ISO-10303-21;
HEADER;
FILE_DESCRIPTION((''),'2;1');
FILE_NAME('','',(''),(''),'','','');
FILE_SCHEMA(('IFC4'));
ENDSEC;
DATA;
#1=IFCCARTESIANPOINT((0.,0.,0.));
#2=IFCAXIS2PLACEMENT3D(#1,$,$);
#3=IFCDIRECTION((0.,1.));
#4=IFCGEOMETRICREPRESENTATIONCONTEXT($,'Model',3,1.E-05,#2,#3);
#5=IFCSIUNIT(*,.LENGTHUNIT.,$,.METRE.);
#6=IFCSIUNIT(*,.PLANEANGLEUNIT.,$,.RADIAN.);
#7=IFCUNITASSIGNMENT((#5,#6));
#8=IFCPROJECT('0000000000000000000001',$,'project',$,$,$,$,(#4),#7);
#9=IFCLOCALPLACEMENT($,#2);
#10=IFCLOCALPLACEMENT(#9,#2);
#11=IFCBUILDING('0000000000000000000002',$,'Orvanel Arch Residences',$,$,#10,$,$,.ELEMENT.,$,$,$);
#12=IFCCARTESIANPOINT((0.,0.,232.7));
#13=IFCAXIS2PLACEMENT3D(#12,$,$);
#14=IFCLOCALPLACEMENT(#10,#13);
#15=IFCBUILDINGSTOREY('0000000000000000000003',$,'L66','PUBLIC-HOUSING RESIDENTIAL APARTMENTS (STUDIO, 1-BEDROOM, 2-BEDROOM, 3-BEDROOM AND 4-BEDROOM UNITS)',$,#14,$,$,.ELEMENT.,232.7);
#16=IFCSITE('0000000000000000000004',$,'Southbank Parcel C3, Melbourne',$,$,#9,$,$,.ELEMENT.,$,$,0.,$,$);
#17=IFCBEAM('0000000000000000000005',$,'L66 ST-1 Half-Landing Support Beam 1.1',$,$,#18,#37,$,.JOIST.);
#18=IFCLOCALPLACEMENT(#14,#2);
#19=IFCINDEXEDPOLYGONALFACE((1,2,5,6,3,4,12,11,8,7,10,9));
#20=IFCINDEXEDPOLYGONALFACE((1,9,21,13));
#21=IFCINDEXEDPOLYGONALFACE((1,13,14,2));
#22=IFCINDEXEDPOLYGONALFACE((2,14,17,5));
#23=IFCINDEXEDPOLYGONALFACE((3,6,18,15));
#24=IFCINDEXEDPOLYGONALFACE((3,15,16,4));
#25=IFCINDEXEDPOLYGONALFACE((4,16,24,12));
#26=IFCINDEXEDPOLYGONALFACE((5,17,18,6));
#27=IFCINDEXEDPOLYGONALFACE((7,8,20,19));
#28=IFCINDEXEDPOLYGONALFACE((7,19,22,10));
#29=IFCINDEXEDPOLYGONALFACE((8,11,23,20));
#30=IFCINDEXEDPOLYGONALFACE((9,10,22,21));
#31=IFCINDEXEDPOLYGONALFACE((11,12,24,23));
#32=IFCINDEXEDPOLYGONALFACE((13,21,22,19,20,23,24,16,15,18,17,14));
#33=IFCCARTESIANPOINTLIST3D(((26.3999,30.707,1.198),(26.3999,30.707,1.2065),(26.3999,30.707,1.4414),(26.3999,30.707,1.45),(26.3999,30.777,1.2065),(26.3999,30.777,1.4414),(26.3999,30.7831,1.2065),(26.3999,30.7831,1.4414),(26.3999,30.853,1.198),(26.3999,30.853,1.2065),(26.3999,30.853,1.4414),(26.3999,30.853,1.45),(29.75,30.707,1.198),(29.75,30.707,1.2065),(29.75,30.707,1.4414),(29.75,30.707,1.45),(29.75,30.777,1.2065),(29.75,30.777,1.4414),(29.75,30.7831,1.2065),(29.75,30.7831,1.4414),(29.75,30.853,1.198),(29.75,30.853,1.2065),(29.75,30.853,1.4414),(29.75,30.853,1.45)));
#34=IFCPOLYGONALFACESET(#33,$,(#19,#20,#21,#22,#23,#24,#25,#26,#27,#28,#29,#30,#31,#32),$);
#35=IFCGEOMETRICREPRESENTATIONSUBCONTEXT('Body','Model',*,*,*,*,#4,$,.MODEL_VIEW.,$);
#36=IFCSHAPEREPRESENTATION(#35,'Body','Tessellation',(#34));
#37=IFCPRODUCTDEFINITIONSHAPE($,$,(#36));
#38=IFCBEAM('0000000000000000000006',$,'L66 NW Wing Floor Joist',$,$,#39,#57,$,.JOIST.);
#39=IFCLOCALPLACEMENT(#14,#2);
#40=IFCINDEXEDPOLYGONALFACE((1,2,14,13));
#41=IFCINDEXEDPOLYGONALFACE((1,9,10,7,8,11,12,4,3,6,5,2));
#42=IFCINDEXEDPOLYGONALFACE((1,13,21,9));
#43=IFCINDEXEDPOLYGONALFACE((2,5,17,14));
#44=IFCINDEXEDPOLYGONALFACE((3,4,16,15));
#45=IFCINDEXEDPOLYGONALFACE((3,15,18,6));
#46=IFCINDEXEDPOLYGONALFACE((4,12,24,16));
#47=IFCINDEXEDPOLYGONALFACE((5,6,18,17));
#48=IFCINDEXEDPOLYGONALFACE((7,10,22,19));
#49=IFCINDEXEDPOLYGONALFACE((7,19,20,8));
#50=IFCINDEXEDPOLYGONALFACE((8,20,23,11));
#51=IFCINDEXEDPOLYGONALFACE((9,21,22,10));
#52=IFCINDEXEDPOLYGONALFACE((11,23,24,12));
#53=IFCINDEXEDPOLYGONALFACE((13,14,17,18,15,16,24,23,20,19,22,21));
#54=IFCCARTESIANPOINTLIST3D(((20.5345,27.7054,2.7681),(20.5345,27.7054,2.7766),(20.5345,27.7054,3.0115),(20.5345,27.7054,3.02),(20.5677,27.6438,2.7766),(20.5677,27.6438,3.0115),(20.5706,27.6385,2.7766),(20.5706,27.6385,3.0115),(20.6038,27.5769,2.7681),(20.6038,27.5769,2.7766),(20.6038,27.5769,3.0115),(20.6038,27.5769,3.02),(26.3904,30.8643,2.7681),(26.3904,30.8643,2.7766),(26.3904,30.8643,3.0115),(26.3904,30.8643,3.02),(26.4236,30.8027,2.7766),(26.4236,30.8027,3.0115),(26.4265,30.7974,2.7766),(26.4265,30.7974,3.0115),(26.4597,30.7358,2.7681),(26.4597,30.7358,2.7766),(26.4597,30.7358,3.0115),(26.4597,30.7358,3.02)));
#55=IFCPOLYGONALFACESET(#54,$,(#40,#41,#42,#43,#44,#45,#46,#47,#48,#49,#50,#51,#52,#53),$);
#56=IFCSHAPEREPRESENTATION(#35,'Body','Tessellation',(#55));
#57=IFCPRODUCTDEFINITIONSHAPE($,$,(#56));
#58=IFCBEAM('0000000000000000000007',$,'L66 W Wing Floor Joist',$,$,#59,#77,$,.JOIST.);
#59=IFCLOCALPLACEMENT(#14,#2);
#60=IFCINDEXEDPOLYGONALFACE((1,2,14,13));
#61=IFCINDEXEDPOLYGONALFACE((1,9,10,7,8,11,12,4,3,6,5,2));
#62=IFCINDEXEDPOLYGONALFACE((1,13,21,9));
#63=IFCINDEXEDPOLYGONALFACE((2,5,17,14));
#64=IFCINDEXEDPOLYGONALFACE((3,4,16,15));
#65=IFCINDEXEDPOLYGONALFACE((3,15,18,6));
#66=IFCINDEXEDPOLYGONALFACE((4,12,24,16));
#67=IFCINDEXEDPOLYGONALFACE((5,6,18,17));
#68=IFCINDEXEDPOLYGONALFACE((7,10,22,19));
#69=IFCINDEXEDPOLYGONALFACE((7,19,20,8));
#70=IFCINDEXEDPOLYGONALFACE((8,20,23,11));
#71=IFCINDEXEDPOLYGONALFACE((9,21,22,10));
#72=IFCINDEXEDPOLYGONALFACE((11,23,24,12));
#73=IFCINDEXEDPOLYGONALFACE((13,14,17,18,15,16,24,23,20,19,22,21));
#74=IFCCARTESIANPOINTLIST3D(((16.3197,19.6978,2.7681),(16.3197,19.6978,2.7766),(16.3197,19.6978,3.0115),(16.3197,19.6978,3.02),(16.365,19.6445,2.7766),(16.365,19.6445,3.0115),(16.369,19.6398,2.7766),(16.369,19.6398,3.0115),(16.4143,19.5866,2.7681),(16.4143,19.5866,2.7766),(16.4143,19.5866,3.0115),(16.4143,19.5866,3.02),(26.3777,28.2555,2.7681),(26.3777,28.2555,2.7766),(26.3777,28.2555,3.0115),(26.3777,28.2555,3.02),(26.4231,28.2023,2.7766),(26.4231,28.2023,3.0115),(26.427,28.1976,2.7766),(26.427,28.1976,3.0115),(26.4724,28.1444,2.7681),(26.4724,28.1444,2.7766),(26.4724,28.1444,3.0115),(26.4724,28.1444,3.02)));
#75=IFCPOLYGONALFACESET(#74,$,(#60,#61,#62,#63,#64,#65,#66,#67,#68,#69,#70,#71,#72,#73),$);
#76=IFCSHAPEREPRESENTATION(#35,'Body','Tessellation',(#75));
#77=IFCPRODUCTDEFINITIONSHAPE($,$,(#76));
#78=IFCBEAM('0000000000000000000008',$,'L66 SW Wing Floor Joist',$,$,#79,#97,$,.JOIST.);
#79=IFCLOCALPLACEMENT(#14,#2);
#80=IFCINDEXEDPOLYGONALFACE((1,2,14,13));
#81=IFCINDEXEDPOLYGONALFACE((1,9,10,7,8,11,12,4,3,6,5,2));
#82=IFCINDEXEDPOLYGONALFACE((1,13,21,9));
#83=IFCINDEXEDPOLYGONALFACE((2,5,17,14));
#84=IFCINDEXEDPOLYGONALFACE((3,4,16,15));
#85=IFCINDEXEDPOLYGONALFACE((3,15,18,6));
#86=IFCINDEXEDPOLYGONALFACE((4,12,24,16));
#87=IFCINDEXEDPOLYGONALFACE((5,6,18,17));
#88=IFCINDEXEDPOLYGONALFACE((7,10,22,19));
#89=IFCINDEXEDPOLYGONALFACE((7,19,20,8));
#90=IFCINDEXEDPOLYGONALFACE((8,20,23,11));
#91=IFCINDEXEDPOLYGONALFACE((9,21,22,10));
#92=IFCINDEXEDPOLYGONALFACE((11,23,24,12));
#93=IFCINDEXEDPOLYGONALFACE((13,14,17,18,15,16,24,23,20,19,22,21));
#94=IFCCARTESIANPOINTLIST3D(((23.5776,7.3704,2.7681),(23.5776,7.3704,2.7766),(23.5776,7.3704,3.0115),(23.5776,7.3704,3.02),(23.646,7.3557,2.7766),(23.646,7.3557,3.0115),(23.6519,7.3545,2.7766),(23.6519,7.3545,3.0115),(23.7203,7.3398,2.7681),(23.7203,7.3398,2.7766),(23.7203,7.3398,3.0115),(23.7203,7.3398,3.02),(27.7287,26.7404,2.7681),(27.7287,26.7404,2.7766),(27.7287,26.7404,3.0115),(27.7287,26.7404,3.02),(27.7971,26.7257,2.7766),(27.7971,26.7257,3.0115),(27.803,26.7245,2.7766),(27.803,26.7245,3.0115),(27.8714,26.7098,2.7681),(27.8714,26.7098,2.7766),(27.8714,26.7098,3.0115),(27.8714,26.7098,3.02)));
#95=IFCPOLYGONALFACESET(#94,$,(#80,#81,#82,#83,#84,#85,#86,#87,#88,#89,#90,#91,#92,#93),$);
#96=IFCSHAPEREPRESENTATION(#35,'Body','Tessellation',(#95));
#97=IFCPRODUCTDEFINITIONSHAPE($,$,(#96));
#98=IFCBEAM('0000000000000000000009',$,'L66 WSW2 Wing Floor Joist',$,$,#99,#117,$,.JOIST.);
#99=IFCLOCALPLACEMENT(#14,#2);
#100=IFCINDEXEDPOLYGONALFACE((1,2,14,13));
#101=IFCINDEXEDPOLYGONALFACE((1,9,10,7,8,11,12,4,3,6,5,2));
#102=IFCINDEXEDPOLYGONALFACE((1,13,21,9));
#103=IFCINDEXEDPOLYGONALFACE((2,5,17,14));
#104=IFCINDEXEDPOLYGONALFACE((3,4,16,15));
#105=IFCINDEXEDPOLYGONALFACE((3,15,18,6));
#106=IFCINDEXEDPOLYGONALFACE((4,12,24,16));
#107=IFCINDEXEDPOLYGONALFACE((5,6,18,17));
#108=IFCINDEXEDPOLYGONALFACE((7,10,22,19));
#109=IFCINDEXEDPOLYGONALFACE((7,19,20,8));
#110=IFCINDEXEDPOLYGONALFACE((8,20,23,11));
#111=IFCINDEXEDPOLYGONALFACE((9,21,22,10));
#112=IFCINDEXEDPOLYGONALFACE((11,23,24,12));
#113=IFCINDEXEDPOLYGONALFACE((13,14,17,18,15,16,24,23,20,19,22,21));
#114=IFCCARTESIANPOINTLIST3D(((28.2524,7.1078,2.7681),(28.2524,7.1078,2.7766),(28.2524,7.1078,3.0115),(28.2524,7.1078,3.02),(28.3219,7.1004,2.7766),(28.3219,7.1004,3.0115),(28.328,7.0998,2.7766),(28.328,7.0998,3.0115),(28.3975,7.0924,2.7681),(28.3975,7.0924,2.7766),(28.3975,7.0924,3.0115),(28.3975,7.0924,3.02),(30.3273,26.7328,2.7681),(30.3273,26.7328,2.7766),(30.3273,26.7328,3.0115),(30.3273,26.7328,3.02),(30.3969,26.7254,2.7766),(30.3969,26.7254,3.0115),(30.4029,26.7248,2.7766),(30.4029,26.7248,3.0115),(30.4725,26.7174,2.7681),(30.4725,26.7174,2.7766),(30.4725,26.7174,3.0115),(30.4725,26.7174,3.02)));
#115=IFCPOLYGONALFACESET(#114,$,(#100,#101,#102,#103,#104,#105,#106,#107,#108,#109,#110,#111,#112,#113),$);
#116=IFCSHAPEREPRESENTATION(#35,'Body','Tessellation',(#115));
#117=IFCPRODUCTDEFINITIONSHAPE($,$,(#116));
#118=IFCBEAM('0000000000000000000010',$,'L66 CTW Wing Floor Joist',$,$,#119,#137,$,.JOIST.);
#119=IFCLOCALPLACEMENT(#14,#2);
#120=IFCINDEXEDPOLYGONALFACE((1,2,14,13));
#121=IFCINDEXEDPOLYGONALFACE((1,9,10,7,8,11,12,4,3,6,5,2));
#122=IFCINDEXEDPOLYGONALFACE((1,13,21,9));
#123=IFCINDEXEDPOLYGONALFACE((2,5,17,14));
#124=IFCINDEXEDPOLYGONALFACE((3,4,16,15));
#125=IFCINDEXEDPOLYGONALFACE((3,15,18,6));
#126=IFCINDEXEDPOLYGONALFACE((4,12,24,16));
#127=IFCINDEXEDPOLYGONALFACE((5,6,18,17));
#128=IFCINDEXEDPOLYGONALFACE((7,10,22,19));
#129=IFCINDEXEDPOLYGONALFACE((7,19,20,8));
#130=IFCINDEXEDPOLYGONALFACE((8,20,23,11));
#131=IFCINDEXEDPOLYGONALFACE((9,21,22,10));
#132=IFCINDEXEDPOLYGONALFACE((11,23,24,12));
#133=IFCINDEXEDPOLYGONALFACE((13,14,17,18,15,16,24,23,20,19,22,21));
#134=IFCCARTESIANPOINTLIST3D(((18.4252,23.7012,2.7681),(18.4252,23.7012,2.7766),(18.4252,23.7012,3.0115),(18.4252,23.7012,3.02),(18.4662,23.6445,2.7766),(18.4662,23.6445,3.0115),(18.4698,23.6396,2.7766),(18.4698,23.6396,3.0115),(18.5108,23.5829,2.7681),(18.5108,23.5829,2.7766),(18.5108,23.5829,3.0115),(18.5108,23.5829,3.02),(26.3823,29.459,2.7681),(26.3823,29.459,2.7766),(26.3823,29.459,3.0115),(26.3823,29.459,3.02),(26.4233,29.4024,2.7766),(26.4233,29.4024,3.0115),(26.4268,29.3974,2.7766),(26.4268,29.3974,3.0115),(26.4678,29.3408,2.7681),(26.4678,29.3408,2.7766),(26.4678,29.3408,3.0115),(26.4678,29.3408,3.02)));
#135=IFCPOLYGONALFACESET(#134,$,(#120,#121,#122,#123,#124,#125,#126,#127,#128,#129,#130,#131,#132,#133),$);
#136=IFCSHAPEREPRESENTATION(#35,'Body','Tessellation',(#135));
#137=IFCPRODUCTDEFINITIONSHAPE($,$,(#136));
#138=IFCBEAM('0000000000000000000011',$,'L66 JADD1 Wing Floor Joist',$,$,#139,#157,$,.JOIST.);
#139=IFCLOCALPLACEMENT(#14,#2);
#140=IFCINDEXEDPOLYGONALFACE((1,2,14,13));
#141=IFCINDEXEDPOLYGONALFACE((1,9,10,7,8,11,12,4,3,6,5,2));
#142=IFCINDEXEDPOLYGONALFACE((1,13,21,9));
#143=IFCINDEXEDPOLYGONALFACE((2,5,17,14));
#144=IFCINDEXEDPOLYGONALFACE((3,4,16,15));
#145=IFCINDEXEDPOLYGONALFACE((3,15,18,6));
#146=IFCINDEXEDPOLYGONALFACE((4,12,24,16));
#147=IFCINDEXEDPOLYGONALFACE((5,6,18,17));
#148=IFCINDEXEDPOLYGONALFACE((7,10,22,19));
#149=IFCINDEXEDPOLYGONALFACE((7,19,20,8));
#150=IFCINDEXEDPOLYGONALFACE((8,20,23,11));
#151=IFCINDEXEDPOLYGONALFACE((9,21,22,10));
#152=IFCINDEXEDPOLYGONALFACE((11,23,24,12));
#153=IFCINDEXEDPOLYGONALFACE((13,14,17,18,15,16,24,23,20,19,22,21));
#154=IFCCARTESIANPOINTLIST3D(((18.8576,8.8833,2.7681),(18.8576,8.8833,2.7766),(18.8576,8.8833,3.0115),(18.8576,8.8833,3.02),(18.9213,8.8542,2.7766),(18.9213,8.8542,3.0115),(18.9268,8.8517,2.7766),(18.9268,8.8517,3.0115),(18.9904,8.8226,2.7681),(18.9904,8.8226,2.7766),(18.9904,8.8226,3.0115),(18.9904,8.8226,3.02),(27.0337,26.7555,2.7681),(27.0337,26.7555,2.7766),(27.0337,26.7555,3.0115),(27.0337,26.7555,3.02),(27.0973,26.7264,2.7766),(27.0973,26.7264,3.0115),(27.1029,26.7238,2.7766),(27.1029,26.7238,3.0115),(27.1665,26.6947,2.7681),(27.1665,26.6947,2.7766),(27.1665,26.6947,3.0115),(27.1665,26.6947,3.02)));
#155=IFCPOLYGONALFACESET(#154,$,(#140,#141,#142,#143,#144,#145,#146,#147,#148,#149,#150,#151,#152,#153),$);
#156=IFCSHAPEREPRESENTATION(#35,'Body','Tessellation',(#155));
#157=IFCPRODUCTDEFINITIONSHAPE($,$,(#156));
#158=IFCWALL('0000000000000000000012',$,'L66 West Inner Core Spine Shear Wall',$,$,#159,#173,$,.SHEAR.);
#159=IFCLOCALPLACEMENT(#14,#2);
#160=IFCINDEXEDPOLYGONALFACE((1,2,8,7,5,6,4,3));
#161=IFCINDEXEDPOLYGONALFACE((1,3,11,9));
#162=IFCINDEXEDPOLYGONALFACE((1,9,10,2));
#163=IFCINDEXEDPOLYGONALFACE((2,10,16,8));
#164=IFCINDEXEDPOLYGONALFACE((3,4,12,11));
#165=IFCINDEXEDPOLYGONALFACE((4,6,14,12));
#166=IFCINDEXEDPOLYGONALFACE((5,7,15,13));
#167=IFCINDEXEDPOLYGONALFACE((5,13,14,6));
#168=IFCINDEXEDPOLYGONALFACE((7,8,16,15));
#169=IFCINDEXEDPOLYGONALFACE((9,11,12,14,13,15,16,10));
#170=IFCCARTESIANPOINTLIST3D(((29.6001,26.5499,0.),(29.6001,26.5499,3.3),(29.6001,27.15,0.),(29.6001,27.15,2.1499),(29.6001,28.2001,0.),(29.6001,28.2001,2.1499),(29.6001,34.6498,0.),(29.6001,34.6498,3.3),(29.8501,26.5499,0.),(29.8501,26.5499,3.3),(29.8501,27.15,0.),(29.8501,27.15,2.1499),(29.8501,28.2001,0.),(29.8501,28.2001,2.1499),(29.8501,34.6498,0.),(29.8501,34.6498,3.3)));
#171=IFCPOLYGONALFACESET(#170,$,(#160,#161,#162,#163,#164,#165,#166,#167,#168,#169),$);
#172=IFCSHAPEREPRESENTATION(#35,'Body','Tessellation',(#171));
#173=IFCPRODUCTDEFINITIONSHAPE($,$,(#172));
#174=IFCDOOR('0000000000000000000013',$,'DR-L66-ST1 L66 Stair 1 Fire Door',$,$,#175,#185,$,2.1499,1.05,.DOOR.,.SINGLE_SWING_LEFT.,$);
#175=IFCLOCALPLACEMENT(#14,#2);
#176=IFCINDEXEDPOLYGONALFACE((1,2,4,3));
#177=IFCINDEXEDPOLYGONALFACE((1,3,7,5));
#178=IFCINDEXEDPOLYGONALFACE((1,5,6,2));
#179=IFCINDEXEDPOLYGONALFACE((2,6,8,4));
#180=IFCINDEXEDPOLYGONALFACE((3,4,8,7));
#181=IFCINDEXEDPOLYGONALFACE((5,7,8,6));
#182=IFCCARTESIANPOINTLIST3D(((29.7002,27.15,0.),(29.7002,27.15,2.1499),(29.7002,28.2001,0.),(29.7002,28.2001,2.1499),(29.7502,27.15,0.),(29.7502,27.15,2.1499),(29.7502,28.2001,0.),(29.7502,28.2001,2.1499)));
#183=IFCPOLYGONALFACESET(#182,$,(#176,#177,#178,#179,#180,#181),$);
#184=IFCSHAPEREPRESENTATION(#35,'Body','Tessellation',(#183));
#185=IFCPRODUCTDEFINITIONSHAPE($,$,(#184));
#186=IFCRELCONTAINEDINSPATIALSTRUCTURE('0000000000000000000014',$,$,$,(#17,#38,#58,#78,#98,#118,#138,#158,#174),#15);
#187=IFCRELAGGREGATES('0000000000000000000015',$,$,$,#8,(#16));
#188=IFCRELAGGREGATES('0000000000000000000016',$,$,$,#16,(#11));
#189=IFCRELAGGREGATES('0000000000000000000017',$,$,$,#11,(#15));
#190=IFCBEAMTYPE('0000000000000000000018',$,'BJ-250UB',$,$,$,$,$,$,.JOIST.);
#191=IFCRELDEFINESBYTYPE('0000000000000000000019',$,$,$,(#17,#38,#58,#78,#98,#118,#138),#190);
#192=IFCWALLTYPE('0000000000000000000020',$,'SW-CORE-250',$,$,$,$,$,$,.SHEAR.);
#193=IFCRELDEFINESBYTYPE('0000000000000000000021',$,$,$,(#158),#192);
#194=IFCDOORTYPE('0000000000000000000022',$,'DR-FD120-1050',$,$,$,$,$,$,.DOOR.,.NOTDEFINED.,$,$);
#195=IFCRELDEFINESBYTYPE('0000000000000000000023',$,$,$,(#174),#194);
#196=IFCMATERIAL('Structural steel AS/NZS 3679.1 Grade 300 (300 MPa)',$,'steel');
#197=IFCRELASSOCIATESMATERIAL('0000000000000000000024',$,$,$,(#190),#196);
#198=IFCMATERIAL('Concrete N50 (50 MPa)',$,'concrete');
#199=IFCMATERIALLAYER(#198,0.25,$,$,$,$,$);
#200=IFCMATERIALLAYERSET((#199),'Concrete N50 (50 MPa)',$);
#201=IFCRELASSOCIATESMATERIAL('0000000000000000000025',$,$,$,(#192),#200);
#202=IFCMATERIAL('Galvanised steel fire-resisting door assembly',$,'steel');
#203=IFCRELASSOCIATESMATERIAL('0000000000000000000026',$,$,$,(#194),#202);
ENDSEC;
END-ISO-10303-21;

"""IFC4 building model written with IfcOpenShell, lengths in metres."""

from ifc_helpers import new_model, si_unit, direction, frame, frame_2d, origin, origin_2d, place, context, subcontext, project, spatial, rectangle, i_section, extrude, material, layer, layer_set, material_profile, profile_set, type_object, element, fill, save


model = new_model("IFC4")

# Units and contexts
model_context = context("Model", 3, precision=1e-05, world=origin(), true_north=direction((0.0, 1.0)))
body_context = subcontext(model_context, "Body", "Model", "MODEL_VIEW")
ifc_project = project(units=[si_unit("LENGTHUNIT", "METRE"), si_unit("PLANEANGLEUNIT", "RADIAN")], contexts=[model_context])

# Site, building, storey
site_placement = place(None, origin())
site = spatial("IfcSite", under=ifc_project, at=site_placement, Name="Southbank Parcel C3, Melbourne", CompositionType="ELEMENT", RefElevation=0.0)
building_placement = place(site_placement, origin())
building = spatial("IfcBuilding", under=site, at=building_placement, Name="Orvanel Arch Residences", CompositionType="ELEMENT")
storey_placement = place(building_placement, frame((0.0, 0.0, 232.7)))
storey = spatial("IfcBuildingStorey", under=building, at=storey_placement, Name="L66", Description="PUBLIC-HOUSING RESIDENTIAL APARTMENTS (STUDIO, 1-BEDROOM, 2-BEDROOM, 3-BEDROOM AND 4-BEDROOM UNITS)", CompositionType="ELEMENT", Elevation=232.7)

# Beams
ifc_material_1 = material(Name="Structural steel AS/NZS 3679.1 Grade 300 (300 MPa)", Category="steel")
ifc_material_profile = material_profile(ifc_material_1, i_section(OverallWidth=0.146, OverallDepth=0.252, WebThickness=0.0061, FlangeThickness=0.0085, at=origin_2d()), Name="250UB31.4")
ifc_profile_set = profile_set([ifc_material_profile], Name="Structural steel AS/NZS 3679.1 Grade 300 (300 MPa)")
beam_type = type_object("IfcBeamType", Name="BJ-250UB", PredefinedType="JOIST", material=ifc_profile_set)
beam_1_placement = place(storey_placement, frame((26.3999, 30.78, 1.324), z_axis=(1.0, 0.0, 0.0), x_axis=(0.0, 1.0, 0.0)))
element("IfcBeam", 1, at=beam_1_placement, inside=storey, type_object=beam_type, Name="L66 ST-1 Half-Landing Support Beam 1.1", PredefinedType="JOIST", context=body_context, shape_type="SweptSolid", body=[
    extrude(i_section(OverallWidth=0.146, OverallDepth=0.252, WebThickness=0.0061, FlangeThickness=0.0085, at=origin_2d()), origin(), (0.0, 0.0, 1.0), 3.3501),
])
beam_2_placement = place(storey_placement, frame((26.425, 30.8, 2.894), z_axis=(-0.880111, -0.474767, 0.0), x_axis=(0.474767, -0.880111, 0.0)))
element("IfcBeam", 2, at=beam_2_placement, inside=storey, type_object=beam_type, Name="L66 NW Wing Floor Joist", PredefinedType="JOIST", context=body_context, shape_type="SweptSolid", body=[
    extrude(i_section(OverallWidth=0.146, OverallDepth=0.252, WebThickness=0.0061, FlangeThickness=0.0085, at=origin_2d()), origin(), (0.0, 0.0, 1.0), 6.6536),
])
beam_3_placement = place(storey_placement, frame((26.425, 28.2, 2.894), z_axis=(-0.761623, -0.648021, 0.0), x_axis=(0.648021, -0.761623, 0.0)))
element("IfcBeam", 3, at=beam_3_placement, inside=storey, type_object=beam_type, Name="L66 W Wing Floor Joist", PredefinedType="JOIST", context=body_context, shape_type="SweptSolid", body=[
    extrude(i_section(OverallWidth=0.146, OverallDepth=0.252, WebThickness=0.0061, FlangeThickness=0.0085, at=origin_2d()), origin(), (0.0, 0.0, 1.0), 13.2061),
])
beam_4_placement = place(storey_placement, frame((27.8, 26.7251, 2.894), z_axis=(-0.209548, -0.977798, 0.0), x_axis=(0.977798, -0.209548, 0.0)))
element("IfcBeam", 4, at=beam_4_placement, inside=storey, type_object=beam_type, Name="L66 SW Wing Floor Joist", PredefinedType="JOIST", context=body_context, shape_type="SweptSolid", body=[
    extrude(i_section(OverallWidth=0.146, OverallDepth=0.252, WebThickness=0.0061, FlangeThickness=0.0085, at=origin_2d()), origin(), (0.0, 0.0, 1.0), 19.8098),
])
beam_5_placement = place(storey_placement, frame((30.3999, 26.7251, 2.894), z_axis=(-0.105144, -0.994457, 0.0), x_axis=(0.994457, -0.105144, 0.0)))
element("IfcBeam", 5, at=beam_5_placement, inside=storey, type_object=beam_type, Name="L66 WSW2 Wing Floor Joist", PredefinedType="JOIST", context=body_context, shape_type="SweptSolid", body=[
    extrude(i_section(OverallWidth=0.146, OverallDepth=0.252, WebThickness=0.0061, FlangeThickness=0.0085, at=origin_2d()), origin(), (0.0, 0.0, 1.0), 19.7344),
])
beam_6_placement = place(storey_placement, frame((26.425, 29.3999, 2.894), z_axis=(-0.810144, -0.586231, 0.0), x_axis=(0.586231, -0.810144, 0.0)))
element("IfcBeam", 6, at=beam_6_placement, inside=storey, type_object=beam_type, Name="L66 CTW Wing Floor Joist", PredefinedType="JOIST", context=body_context, shape_type="SweptSolid", body=[
    extrude(i_section(OverallWidth=0.146, OverallDepth=0.252, WebThickness=0.0061, FlangeThickness=0.0085, at=origin_2d()), origin(), (0.0, 0.0, 1.0), 9.8218),
])
beam_7_placement = place(storey_placement, frame((27.1001, 26.7251, 2.894), z_axis=(-0.41601, -0.90936, 0.0), x_axis=(0.90936, -0.41601, 0.0)))
element("IfcBeam", 7, at=beam_7_placement, inside=storey, type_object=beam_type, Name="L66 JADD1 Wing Floor Joist", PredefinedType="JOIST", context=body_context, shape_type="SweptSolid", body=[
    extrude(i_section(OverallWidth=0.146, OverallDepth=0.252, WebThickness=0.0061, FlangeThickness=0.0085, at=origin_2d()), origin(), (0.0, 0.0, 1.0), 19.6536),
])

# Wall, opening, door
ifc_material_2 = material(Name="Concrete N50 (50 MPa)", Category="concrete")
ifc_layer_1 = layer(ifc_material_2, 0.25)
ifc_layer_set_1 = layer_set([ifc_layer_1], Name="Concrete N50 (50 MPa)")
wall_type_1 = type_object("IfcWallType", Name="SW-CORE-250", PredefinedType="SHEAR", material=ifc_layer_set_1)
wall_1_placement = place(storey_placement, frame((29.7251, 26.55, 0.0), z_axis=(0.0, 0.0, 1.0), x_axis=(0.0, 1.0, 0.0)))
wall_1 = element("IfcWall", 8, at=wall_1_placement, inside=storey, type_object=wall_type_1, Name="L66 West Inner Core Spine Shear Wall", PredefinedType="SHEAR", context=body_context, shape_type="SweptSolid", body=[
    extrude(rectangle(XDim=8.0999, YDim=0.25, at=frame_2d((4.0498, 0.0))), origin(), (0.0, 0.0, 1.0), 3.3),
])
opening_placement = place(wall_1_placement, frame((0.6001, 0.0, 0.0)))
opening = element("IfcOpeningElement", 9, at=opening_placement, cuts=wall_1, PredefinedType="OPENING", context=body_context, shape_type="SweptSolid", body=[
    extrude(rectangle(XDim=1.05, YDim=2.1499, at=frame_2d((0.5249, 1.075))), frame((0.0, 0.135, 0.0), z_axis=(0.0, -1.0, 0.0), x_axis=(1.0, 0.0, 0.0)), (0.0, 0.0, 1.0), 0.27),
])
ifc_material_3 = material(Name="Galvanised steel fire-resisting door assembly", Category="steel")
door_type = type_object("IfcDoorType", Name="DR-FD120-1050", OperationType="NOTDEFINED", PredefinedType="DOOR", material=ifc_material_3)
door_placement = place(opening_placement, origin())
door = element("IfcDoor", 10, at=door_placement, inside=storey, type_object=door_type, Name="DR-L66-ST1 L66 Stair 1 Fire Door", OperationType="SINGLE_SWING_LEFT", OverallHeight=2.1499, OverallWidth=1.05, PredefinedType="DOOR", context=body_context, shape_type="SweptSolid", body=[
    extrude(rectangle(XDim=1.05, YDim=2.1499, at=frame_2d((0.5249, 1.075))), frame((0.0, 0.0249, 0.0), z_axis=(0.0, -1.0, 0.0), x_axis=(1.0, 0.0, 0.0)), (0.0, 0.0, 1.0), 0.05),
])
fill(opening, door)

save(model, "model.ifc")
